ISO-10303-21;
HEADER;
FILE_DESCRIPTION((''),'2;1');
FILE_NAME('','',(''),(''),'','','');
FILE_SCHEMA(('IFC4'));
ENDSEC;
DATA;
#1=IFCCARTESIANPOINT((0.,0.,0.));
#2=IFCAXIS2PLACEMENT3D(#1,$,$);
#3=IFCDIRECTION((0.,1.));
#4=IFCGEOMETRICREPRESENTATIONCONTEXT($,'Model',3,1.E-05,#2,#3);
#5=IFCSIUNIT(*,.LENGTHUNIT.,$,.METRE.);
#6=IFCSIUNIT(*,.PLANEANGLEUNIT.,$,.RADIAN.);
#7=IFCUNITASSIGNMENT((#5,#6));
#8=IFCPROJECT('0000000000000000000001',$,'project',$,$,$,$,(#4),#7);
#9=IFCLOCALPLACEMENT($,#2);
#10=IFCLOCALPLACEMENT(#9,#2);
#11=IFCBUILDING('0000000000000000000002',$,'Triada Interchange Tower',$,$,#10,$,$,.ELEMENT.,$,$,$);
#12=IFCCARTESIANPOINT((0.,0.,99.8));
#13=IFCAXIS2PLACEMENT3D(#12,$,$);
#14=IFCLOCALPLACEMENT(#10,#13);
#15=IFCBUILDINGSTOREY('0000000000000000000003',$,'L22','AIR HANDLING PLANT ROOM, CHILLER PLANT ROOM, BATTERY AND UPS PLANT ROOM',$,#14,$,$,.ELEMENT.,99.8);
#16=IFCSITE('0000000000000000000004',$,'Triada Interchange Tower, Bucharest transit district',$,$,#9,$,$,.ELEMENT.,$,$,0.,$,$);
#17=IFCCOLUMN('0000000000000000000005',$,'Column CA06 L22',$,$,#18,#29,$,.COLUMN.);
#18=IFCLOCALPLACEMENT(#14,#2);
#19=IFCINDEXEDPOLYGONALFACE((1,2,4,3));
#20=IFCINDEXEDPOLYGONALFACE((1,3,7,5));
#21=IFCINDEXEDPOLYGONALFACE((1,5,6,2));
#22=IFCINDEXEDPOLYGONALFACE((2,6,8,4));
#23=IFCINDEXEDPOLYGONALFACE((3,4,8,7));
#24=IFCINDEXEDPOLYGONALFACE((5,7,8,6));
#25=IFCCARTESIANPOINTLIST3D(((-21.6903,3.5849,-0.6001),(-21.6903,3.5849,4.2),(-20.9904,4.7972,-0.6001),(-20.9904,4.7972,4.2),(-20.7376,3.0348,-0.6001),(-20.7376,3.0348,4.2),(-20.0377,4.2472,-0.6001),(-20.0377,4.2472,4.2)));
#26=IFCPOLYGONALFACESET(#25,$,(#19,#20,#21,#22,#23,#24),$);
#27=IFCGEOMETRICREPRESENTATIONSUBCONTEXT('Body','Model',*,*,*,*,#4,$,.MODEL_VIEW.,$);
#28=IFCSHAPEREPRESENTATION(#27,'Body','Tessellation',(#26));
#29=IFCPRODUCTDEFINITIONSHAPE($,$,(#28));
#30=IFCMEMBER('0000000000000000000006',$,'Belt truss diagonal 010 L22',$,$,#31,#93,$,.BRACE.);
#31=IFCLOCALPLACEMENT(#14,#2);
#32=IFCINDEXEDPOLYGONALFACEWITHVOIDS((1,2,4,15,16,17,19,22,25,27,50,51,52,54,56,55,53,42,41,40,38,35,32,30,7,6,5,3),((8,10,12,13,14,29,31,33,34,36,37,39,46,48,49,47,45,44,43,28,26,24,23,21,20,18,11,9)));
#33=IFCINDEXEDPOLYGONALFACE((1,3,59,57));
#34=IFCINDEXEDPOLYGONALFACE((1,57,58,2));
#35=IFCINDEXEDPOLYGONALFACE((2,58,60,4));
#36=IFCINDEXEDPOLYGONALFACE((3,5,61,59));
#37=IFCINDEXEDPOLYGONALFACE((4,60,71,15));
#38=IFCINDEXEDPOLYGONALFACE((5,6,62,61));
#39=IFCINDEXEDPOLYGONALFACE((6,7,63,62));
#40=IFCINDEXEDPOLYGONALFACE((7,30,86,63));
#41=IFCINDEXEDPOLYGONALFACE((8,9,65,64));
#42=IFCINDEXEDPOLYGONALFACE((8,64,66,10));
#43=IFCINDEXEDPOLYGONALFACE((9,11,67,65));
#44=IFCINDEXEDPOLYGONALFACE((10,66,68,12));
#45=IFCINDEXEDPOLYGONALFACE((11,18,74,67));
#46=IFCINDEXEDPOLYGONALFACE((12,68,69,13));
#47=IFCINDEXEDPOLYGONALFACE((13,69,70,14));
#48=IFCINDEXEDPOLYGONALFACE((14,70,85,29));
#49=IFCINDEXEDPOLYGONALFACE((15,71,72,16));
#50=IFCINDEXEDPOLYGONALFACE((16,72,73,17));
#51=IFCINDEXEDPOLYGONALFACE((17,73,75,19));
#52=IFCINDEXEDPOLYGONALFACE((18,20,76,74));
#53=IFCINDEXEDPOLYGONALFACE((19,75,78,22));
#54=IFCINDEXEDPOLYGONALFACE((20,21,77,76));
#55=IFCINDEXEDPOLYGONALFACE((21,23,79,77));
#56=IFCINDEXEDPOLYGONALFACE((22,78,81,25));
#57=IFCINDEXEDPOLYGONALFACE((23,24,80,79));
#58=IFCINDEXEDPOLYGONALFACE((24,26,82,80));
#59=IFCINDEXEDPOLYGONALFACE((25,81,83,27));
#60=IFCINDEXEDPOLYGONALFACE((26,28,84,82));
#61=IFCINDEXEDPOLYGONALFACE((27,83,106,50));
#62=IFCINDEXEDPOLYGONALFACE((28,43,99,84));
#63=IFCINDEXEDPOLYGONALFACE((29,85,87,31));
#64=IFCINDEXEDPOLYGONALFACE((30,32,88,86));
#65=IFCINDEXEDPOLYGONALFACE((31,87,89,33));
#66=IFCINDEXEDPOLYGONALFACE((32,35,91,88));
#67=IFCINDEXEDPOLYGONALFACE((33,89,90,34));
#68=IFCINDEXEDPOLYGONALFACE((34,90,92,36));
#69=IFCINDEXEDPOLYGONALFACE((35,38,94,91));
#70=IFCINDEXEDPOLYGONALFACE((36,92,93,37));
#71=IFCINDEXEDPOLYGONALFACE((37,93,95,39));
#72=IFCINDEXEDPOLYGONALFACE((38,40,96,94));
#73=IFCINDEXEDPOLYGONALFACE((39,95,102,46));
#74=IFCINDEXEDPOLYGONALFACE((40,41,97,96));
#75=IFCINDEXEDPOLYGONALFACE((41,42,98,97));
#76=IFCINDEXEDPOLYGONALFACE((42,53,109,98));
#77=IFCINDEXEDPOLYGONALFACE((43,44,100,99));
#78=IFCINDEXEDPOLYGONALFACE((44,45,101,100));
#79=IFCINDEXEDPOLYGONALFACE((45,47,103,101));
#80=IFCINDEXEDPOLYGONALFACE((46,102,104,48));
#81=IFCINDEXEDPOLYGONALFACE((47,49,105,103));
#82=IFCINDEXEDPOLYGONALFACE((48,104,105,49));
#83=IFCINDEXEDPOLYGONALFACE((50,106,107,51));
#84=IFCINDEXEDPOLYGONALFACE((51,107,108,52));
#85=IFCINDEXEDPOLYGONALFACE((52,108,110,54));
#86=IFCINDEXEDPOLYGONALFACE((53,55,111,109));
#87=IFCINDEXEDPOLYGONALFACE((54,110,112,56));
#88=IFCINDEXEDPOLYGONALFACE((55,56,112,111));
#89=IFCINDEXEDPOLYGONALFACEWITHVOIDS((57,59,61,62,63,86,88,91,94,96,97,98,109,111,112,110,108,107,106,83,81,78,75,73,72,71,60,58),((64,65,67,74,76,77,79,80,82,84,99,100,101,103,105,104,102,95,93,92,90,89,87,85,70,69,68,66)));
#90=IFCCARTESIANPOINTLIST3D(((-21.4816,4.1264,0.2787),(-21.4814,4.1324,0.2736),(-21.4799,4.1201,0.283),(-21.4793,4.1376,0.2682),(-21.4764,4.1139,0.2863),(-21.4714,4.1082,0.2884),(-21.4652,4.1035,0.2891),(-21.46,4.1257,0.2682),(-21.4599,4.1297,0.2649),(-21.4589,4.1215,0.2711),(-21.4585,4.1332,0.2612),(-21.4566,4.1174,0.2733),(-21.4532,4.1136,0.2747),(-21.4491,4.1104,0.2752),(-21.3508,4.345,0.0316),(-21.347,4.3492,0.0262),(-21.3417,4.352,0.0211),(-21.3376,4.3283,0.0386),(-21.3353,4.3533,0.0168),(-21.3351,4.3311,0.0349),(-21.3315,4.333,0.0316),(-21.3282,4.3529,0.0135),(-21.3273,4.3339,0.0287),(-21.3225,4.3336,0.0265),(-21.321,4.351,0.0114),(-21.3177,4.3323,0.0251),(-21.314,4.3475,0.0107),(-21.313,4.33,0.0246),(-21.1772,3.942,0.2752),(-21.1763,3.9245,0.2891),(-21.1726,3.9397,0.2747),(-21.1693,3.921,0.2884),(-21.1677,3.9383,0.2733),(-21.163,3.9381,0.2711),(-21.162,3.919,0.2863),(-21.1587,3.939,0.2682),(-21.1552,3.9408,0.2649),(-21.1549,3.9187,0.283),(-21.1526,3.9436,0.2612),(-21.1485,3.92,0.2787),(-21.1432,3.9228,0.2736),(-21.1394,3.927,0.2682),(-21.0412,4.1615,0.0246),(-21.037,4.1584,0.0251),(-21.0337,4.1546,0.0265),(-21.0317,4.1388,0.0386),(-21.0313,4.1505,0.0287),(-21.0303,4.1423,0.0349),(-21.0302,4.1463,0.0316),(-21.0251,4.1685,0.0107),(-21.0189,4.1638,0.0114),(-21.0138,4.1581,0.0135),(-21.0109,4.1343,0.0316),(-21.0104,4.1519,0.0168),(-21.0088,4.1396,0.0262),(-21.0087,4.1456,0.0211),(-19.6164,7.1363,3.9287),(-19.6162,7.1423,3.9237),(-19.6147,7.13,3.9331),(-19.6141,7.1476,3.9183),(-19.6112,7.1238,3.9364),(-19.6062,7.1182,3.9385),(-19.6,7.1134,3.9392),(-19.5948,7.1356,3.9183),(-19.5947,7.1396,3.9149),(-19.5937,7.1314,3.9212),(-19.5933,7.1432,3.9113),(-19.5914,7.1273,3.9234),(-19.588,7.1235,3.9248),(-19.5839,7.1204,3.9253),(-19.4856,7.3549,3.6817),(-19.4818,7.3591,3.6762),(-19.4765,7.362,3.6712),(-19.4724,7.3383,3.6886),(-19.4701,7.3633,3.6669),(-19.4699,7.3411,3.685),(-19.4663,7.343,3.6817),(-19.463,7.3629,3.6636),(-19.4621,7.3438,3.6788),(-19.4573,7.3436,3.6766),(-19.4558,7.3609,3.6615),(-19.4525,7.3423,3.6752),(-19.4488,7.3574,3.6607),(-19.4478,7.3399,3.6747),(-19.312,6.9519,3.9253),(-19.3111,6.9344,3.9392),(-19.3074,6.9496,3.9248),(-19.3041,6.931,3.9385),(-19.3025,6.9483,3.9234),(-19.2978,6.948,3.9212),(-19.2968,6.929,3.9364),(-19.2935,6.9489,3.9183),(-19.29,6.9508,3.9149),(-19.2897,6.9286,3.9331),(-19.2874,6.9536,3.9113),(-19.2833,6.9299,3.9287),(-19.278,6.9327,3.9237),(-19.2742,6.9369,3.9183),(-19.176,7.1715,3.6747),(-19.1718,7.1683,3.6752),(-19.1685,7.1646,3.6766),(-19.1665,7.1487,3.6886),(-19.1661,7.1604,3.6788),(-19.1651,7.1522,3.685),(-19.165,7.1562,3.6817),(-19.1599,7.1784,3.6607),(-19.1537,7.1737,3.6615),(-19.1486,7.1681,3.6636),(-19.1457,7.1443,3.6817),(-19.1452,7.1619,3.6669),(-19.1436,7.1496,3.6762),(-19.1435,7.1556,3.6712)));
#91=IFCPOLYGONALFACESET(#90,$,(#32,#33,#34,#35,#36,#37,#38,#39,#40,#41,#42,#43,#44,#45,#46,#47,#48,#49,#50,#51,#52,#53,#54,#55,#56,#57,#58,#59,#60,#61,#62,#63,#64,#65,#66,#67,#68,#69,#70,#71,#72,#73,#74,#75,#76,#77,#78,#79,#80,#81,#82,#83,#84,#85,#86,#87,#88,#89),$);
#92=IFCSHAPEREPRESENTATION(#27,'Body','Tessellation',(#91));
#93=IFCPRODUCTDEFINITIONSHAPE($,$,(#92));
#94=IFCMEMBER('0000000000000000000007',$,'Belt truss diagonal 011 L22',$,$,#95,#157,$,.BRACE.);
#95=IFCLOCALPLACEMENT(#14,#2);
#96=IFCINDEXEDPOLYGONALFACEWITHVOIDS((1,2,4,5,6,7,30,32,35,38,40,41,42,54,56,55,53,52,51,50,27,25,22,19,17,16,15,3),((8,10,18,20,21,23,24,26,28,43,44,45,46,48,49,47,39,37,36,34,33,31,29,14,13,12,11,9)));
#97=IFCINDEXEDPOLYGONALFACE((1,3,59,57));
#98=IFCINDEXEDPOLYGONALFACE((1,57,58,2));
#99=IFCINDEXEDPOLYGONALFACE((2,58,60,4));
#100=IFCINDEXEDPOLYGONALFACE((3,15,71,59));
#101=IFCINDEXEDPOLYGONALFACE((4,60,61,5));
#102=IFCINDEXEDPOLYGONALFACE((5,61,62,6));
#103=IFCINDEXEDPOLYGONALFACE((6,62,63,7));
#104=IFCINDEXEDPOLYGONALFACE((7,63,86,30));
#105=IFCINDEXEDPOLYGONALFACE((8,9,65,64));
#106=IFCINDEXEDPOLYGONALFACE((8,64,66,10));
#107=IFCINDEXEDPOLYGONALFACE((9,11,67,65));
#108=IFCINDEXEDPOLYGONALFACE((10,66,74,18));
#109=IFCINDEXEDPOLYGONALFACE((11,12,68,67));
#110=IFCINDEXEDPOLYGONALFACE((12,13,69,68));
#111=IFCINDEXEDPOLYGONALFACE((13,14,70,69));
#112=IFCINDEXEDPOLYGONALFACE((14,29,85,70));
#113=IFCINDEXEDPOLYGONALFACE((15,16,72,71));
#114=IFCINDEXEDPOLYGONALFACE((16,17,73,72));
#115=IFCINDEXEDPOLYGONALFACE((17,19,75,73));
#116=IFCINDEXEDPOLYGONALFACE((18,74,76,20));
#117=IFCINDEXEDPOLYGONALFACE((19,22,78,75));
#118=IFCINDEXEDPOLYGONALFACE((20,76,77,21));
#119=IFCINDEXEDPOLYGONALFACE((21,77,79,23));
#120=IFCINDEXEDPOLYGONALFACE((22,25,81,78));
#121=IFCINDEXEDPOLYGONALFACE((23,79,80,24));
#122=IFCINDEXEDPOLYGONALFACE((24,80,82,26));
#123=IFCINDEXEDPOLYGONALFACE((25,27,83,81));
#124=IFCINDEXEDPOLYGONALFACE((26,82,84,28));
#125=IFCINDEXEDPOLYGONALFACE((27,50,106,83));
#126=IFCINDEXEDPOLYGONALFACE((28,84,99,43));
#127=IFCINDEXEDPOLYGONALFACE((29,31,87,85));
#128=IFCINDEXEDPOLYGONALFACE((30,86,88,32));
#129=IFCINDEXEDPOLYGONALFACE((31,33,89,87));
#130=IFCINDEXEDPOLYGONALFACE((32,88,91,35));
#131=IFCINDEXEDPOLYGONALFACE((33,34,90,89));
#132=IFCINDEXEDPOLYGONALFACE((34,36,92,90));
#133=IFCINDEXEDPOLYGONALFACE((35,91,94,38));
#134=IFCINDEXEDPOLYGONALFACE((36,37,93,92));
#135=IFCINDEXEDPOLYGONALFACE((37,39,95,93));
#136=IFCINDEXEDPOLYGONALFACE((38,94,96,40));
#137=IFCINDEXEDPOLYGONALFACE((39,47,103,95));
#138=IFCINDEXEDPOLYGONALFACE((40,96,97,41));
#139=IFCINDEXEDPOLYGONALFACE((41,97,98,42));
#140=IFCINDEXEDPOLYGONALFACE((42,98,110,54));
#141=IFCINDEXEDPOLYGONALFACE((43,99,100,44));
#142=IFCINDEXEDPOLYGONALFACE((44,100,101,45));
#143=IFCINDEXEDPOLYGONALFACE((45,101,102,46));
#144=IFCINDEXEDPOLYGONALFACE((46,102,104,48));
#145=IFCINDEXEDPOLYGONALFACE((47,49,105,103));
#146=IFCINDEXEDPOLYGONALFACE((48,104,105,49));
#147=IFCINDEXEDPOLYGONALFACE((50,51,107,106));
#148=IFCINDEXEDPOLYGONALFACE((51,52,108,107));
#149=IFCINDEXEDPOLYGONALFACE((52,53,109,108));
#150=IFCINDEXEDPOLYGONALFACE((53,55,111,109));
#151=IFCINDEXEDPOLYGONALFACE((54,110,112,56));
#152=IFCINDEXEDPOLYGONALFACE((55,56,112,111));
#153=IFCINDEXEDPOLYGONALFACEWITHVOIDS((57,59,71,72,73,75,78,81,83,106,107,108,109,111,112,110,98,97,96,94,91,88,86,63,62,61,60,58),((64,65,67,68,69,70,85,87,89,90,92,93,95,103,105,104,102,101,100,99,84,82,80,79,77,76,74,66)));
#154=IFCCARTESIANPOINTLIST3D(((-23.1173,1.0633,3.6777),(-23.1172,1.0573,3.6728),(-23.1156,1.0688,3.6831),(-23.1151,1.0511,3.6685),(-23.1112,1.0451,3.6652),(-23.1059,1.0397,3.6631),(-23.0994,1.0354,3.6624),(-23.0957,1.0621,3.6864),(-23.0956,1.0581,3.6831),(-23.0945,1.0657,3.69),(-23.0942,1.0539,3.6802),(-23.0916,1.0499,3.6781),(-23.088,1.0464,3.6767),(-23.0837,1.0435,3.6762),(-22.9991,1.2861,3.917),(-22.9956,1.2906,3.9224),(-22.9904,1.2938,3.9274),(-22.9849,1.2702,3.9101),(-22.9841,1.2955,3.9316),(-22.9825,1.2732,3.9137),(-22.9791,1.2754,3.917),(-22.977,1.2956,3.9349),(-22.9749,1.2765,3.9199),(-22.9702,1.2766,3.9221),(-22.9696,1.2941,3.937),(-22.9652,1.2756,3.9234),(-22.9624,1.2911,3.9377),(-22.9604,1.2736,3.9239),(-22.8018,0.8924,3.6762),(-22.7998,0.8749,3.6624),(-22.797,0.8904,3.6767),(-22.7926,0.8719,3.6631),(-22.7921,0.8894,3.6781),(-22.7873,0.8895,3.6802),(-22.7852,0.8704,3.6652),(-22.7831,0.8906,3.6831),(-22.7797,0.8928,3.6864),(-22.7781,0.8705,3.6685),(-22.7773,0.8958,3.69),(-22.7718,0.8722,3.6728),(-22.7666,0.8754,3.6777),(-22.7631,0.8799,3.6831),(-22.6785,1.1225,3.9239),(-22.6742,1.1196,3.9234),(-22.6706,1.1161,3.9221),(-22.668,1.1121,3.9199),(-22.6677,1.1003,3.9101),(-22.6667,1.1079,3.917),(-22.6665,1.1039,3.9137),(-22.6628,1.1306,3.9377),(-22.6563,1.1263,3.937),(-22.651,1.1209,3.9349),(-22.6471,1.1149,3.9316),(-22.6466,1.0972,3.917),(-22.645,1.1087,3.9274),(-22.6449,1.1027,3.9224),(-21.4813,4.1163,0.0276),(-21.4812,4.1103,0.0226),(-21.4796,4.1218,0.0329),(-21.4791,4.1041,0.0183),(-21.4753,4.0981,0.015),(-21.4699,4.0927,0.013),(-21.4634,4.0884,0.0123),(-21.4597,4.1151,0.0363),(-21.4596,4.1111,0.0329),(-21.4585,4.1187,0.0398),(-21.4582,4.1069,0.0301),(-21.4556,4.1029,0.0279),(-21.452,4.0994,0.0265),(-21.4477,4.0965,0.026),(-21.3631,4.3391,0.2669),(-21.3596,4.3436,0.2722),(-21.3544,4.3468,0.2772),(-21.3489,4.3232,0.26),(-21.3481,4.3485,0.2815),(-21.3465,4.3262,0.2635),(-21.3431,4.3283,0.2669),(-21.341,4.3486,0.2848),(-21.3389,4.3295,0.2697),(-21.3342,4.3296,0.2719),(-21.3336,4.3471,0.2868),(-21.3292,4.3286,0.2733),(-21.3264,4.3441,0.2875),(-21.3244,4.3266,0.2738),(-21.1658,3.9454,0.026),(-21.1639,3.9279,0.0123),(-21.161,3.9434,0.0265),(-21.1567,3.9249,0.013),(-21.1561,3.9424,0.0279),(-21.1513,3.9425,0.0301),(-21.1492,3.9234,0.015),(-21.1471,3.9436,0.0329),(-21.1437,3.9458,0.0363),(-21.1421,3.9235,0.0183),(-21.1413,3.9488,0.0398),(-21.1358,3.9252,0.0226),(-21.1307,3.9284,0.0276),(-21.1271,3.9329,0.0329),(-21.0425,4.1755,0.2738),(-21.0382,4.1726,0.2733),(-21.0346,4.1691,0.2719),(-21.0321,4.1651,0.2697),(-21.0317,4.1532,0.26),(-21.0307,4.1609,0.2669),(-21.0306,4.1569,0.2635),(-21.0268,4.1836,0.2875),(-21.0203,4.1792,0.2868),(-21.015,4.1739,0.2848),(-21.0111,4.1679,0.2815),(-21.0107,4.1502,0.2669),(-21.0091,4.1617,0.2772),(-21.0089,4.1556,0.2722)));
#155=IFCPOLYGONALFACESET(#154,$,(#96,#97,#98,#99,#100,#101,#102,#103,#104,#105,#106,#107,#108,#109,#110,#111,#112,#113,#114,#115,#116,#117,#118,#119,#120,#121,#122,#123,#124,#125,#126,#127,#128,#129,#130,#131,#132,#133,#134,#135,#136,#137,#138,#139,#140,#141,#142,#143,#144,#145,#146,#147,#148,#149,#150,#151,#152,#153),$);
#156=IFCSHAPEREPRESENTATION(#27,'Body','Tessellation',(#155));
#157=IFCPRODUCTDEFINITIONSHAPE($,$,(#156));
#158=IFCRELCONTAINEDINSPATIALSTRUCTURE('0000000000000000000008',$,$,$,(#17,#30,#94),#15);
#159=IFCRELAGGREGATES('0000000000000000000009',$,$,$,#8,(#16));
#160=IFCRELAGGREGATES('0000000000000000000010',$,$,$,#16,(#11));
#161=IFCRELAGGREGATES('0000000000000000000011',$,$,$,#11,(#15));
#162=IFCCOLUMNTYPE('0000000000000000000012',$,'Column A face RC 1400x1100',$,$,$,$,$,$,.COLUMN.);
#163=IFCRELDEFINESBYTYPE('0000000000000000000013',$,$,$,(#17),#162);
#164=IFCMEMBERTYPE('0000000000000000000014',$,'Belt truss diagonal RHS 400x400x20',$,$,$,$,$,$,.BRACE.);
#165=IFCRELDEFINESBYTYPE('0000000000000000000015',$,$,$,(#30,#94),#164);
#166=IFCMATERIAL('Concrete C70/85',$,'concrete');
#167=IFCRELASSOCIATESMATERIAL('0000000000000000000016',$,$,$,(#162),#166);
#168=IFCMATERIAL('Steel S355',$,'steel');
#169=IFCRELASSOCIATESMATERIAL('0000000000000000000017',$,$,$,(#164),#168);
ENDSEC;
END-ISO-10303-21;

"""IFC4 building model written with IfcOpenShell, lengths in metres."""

from ifc_helpers import new_model, si_unit, direction, frame, origin, origin_2d, place, context, subcontext, project, spatial, rectangle, hollow_rectangle, extrude, material, material_profile, profile_set, type_object, element, save


model = new_model("IFC4")

# Units and contexts
model_context = context("Model", 3, precision=1e-05, world=origin(), true_north=direction((0.0, 1.0)))
body_context = subcontext(model_context, "Body", "Model", "MODEL_VIEW")
ifc_project = project(units=[si_unit("LENGTHUNIT", "METRE"), si_unit("PLANEANGLEUNIT", "RADIAN")], contexts=[model_context])

# Site, building, storey
site_placement = place(None, origin())
site = spatial("IfcSite", under=ifc_project, at=site_placement, Name="Triada Interchange Tower, Bucharest transit district", CompositionType="ELEMENT", RefElevation=0.0)
building_placement = place(site_placement, origin())
building = spatial("IfcBuilding", under=site, at=building_placement, Name="Triada Interchange Tower", CompositionType="ELEMENT")
storey_placement = place(building_placement, frame((0.0, 0.0, 99.8)))
storey = spatial("IfcBuildingStorey", under=building, at=storey_placement, Name="L22", Description="AIR HANDLING PLANT ROOM, CHILLER PLANT ROOM, BATTERY AND UPS PLANT ROOM", CompositionType="ELEMENT", Elevation=99.8)

# Column
ifc_material_1 = material(Name="Concrete C70/85", Category="concrete")
ifc_material_profile_1 = material_profile(ifc_material_1, rectangle(XDim=1.3999, YDim=1.1001, at=origin_2d()), Name="RC 1400x1100")
ifc_profile_set_1 = profile_set([ifc_material_profile_1], Name="Concrete C70/85")
column_type = type_object("IfcColumnType", Name="Column A face RC 1400x1100", PredefinedType="COLUMN", material=ifc_profile_set_1)
column_placement = place(storey_placement, frame((-20.864, 3.916, -0.6001), z_axis=(0.0, 0.0, 1.0), x_axis=(0.5, 0.866025, 0.0)))
element("IfcColumn", 1, at=column_placement, inside=storey, type_object=column_type, Name="Column CA06 L22", PredefinedType="COLUMN", context=body_context, shape_type="SweptSolid", body=[
    extrude(rectangle(XDim=1.3999, YDim=1.1001, at=origin_2d()), origin(), (0.0, 0.0, 1.0), 4.8),
])

# Members
ifc_material_2 = material(Name="Steel S355", Category="steel")
ifc_material_profile_2 = material_profile(ifc_material_2, hollow_rectangle(XDim=0.3999, YDim=0.3999, WallThickness=0.02, InnerFilletRadius=0.02, OuterFilletRadius=0.03, at=origin_2d()), Name="RHS 400x400x20")
ifc_profile_set_2 = profile_set([ifc_material_profile_2], Name="Steel S355")
member_type = type_object("IfcMemberType", Name="Belt truss diagonal RHS 400x400x20", PredefinedType="BRACE", material=ifc_profile_set_2)
member_1_placement = place(storey_placement, frame((-21.2451, 4.136, 0.1499), z_axis=(0.366771, 0.591875, 0.717748), x_axis=(-0.850026, 0.526741, 0.0)))
element("IfcMember", 2, at=member_1_placement, inside=storey, type_object=member_type, Name="Belt truss diagonal 010 L22", PredefinedType="BRACE", context=body_context, shape_type="SweptSolid", body=[
    extrude(hollow_rectangle(XDim=0.3999, YDim=0.3999, WallThickness=0.02, InnerFilletRadius=0.02, OuterFilletRadius=0.03, at=origin_2d()), origin(), (0.0, 0.0, 1.0), 5.0854),
])
member_2_placement = place(storey_placement, frame((-21.2451, 4.136, 0.1499), z_axis=(-0.325119, -0.606717, 0.725391), x_axis=(0.881424, -0.472325, 0.0)))
element("IfcMember", 3, at=member_2_placement, inside=storey, type_object=member_type, Name="Belt truss diagonal 011 L22", PredefinedType="BRACE", context=body_context, shape_type="SweptSolid", body=[
    extrude(hollow_rectangle(XDim=0.3999, YDim=0.3999, WallThickness=0.02, InnerFilletRadius=0.02, OuterFilletRadius=0.03, at=origin_2d()), origin(), (0.0, 0.0, 1.0), 5.032),
])

save(model, "model.ifc")
